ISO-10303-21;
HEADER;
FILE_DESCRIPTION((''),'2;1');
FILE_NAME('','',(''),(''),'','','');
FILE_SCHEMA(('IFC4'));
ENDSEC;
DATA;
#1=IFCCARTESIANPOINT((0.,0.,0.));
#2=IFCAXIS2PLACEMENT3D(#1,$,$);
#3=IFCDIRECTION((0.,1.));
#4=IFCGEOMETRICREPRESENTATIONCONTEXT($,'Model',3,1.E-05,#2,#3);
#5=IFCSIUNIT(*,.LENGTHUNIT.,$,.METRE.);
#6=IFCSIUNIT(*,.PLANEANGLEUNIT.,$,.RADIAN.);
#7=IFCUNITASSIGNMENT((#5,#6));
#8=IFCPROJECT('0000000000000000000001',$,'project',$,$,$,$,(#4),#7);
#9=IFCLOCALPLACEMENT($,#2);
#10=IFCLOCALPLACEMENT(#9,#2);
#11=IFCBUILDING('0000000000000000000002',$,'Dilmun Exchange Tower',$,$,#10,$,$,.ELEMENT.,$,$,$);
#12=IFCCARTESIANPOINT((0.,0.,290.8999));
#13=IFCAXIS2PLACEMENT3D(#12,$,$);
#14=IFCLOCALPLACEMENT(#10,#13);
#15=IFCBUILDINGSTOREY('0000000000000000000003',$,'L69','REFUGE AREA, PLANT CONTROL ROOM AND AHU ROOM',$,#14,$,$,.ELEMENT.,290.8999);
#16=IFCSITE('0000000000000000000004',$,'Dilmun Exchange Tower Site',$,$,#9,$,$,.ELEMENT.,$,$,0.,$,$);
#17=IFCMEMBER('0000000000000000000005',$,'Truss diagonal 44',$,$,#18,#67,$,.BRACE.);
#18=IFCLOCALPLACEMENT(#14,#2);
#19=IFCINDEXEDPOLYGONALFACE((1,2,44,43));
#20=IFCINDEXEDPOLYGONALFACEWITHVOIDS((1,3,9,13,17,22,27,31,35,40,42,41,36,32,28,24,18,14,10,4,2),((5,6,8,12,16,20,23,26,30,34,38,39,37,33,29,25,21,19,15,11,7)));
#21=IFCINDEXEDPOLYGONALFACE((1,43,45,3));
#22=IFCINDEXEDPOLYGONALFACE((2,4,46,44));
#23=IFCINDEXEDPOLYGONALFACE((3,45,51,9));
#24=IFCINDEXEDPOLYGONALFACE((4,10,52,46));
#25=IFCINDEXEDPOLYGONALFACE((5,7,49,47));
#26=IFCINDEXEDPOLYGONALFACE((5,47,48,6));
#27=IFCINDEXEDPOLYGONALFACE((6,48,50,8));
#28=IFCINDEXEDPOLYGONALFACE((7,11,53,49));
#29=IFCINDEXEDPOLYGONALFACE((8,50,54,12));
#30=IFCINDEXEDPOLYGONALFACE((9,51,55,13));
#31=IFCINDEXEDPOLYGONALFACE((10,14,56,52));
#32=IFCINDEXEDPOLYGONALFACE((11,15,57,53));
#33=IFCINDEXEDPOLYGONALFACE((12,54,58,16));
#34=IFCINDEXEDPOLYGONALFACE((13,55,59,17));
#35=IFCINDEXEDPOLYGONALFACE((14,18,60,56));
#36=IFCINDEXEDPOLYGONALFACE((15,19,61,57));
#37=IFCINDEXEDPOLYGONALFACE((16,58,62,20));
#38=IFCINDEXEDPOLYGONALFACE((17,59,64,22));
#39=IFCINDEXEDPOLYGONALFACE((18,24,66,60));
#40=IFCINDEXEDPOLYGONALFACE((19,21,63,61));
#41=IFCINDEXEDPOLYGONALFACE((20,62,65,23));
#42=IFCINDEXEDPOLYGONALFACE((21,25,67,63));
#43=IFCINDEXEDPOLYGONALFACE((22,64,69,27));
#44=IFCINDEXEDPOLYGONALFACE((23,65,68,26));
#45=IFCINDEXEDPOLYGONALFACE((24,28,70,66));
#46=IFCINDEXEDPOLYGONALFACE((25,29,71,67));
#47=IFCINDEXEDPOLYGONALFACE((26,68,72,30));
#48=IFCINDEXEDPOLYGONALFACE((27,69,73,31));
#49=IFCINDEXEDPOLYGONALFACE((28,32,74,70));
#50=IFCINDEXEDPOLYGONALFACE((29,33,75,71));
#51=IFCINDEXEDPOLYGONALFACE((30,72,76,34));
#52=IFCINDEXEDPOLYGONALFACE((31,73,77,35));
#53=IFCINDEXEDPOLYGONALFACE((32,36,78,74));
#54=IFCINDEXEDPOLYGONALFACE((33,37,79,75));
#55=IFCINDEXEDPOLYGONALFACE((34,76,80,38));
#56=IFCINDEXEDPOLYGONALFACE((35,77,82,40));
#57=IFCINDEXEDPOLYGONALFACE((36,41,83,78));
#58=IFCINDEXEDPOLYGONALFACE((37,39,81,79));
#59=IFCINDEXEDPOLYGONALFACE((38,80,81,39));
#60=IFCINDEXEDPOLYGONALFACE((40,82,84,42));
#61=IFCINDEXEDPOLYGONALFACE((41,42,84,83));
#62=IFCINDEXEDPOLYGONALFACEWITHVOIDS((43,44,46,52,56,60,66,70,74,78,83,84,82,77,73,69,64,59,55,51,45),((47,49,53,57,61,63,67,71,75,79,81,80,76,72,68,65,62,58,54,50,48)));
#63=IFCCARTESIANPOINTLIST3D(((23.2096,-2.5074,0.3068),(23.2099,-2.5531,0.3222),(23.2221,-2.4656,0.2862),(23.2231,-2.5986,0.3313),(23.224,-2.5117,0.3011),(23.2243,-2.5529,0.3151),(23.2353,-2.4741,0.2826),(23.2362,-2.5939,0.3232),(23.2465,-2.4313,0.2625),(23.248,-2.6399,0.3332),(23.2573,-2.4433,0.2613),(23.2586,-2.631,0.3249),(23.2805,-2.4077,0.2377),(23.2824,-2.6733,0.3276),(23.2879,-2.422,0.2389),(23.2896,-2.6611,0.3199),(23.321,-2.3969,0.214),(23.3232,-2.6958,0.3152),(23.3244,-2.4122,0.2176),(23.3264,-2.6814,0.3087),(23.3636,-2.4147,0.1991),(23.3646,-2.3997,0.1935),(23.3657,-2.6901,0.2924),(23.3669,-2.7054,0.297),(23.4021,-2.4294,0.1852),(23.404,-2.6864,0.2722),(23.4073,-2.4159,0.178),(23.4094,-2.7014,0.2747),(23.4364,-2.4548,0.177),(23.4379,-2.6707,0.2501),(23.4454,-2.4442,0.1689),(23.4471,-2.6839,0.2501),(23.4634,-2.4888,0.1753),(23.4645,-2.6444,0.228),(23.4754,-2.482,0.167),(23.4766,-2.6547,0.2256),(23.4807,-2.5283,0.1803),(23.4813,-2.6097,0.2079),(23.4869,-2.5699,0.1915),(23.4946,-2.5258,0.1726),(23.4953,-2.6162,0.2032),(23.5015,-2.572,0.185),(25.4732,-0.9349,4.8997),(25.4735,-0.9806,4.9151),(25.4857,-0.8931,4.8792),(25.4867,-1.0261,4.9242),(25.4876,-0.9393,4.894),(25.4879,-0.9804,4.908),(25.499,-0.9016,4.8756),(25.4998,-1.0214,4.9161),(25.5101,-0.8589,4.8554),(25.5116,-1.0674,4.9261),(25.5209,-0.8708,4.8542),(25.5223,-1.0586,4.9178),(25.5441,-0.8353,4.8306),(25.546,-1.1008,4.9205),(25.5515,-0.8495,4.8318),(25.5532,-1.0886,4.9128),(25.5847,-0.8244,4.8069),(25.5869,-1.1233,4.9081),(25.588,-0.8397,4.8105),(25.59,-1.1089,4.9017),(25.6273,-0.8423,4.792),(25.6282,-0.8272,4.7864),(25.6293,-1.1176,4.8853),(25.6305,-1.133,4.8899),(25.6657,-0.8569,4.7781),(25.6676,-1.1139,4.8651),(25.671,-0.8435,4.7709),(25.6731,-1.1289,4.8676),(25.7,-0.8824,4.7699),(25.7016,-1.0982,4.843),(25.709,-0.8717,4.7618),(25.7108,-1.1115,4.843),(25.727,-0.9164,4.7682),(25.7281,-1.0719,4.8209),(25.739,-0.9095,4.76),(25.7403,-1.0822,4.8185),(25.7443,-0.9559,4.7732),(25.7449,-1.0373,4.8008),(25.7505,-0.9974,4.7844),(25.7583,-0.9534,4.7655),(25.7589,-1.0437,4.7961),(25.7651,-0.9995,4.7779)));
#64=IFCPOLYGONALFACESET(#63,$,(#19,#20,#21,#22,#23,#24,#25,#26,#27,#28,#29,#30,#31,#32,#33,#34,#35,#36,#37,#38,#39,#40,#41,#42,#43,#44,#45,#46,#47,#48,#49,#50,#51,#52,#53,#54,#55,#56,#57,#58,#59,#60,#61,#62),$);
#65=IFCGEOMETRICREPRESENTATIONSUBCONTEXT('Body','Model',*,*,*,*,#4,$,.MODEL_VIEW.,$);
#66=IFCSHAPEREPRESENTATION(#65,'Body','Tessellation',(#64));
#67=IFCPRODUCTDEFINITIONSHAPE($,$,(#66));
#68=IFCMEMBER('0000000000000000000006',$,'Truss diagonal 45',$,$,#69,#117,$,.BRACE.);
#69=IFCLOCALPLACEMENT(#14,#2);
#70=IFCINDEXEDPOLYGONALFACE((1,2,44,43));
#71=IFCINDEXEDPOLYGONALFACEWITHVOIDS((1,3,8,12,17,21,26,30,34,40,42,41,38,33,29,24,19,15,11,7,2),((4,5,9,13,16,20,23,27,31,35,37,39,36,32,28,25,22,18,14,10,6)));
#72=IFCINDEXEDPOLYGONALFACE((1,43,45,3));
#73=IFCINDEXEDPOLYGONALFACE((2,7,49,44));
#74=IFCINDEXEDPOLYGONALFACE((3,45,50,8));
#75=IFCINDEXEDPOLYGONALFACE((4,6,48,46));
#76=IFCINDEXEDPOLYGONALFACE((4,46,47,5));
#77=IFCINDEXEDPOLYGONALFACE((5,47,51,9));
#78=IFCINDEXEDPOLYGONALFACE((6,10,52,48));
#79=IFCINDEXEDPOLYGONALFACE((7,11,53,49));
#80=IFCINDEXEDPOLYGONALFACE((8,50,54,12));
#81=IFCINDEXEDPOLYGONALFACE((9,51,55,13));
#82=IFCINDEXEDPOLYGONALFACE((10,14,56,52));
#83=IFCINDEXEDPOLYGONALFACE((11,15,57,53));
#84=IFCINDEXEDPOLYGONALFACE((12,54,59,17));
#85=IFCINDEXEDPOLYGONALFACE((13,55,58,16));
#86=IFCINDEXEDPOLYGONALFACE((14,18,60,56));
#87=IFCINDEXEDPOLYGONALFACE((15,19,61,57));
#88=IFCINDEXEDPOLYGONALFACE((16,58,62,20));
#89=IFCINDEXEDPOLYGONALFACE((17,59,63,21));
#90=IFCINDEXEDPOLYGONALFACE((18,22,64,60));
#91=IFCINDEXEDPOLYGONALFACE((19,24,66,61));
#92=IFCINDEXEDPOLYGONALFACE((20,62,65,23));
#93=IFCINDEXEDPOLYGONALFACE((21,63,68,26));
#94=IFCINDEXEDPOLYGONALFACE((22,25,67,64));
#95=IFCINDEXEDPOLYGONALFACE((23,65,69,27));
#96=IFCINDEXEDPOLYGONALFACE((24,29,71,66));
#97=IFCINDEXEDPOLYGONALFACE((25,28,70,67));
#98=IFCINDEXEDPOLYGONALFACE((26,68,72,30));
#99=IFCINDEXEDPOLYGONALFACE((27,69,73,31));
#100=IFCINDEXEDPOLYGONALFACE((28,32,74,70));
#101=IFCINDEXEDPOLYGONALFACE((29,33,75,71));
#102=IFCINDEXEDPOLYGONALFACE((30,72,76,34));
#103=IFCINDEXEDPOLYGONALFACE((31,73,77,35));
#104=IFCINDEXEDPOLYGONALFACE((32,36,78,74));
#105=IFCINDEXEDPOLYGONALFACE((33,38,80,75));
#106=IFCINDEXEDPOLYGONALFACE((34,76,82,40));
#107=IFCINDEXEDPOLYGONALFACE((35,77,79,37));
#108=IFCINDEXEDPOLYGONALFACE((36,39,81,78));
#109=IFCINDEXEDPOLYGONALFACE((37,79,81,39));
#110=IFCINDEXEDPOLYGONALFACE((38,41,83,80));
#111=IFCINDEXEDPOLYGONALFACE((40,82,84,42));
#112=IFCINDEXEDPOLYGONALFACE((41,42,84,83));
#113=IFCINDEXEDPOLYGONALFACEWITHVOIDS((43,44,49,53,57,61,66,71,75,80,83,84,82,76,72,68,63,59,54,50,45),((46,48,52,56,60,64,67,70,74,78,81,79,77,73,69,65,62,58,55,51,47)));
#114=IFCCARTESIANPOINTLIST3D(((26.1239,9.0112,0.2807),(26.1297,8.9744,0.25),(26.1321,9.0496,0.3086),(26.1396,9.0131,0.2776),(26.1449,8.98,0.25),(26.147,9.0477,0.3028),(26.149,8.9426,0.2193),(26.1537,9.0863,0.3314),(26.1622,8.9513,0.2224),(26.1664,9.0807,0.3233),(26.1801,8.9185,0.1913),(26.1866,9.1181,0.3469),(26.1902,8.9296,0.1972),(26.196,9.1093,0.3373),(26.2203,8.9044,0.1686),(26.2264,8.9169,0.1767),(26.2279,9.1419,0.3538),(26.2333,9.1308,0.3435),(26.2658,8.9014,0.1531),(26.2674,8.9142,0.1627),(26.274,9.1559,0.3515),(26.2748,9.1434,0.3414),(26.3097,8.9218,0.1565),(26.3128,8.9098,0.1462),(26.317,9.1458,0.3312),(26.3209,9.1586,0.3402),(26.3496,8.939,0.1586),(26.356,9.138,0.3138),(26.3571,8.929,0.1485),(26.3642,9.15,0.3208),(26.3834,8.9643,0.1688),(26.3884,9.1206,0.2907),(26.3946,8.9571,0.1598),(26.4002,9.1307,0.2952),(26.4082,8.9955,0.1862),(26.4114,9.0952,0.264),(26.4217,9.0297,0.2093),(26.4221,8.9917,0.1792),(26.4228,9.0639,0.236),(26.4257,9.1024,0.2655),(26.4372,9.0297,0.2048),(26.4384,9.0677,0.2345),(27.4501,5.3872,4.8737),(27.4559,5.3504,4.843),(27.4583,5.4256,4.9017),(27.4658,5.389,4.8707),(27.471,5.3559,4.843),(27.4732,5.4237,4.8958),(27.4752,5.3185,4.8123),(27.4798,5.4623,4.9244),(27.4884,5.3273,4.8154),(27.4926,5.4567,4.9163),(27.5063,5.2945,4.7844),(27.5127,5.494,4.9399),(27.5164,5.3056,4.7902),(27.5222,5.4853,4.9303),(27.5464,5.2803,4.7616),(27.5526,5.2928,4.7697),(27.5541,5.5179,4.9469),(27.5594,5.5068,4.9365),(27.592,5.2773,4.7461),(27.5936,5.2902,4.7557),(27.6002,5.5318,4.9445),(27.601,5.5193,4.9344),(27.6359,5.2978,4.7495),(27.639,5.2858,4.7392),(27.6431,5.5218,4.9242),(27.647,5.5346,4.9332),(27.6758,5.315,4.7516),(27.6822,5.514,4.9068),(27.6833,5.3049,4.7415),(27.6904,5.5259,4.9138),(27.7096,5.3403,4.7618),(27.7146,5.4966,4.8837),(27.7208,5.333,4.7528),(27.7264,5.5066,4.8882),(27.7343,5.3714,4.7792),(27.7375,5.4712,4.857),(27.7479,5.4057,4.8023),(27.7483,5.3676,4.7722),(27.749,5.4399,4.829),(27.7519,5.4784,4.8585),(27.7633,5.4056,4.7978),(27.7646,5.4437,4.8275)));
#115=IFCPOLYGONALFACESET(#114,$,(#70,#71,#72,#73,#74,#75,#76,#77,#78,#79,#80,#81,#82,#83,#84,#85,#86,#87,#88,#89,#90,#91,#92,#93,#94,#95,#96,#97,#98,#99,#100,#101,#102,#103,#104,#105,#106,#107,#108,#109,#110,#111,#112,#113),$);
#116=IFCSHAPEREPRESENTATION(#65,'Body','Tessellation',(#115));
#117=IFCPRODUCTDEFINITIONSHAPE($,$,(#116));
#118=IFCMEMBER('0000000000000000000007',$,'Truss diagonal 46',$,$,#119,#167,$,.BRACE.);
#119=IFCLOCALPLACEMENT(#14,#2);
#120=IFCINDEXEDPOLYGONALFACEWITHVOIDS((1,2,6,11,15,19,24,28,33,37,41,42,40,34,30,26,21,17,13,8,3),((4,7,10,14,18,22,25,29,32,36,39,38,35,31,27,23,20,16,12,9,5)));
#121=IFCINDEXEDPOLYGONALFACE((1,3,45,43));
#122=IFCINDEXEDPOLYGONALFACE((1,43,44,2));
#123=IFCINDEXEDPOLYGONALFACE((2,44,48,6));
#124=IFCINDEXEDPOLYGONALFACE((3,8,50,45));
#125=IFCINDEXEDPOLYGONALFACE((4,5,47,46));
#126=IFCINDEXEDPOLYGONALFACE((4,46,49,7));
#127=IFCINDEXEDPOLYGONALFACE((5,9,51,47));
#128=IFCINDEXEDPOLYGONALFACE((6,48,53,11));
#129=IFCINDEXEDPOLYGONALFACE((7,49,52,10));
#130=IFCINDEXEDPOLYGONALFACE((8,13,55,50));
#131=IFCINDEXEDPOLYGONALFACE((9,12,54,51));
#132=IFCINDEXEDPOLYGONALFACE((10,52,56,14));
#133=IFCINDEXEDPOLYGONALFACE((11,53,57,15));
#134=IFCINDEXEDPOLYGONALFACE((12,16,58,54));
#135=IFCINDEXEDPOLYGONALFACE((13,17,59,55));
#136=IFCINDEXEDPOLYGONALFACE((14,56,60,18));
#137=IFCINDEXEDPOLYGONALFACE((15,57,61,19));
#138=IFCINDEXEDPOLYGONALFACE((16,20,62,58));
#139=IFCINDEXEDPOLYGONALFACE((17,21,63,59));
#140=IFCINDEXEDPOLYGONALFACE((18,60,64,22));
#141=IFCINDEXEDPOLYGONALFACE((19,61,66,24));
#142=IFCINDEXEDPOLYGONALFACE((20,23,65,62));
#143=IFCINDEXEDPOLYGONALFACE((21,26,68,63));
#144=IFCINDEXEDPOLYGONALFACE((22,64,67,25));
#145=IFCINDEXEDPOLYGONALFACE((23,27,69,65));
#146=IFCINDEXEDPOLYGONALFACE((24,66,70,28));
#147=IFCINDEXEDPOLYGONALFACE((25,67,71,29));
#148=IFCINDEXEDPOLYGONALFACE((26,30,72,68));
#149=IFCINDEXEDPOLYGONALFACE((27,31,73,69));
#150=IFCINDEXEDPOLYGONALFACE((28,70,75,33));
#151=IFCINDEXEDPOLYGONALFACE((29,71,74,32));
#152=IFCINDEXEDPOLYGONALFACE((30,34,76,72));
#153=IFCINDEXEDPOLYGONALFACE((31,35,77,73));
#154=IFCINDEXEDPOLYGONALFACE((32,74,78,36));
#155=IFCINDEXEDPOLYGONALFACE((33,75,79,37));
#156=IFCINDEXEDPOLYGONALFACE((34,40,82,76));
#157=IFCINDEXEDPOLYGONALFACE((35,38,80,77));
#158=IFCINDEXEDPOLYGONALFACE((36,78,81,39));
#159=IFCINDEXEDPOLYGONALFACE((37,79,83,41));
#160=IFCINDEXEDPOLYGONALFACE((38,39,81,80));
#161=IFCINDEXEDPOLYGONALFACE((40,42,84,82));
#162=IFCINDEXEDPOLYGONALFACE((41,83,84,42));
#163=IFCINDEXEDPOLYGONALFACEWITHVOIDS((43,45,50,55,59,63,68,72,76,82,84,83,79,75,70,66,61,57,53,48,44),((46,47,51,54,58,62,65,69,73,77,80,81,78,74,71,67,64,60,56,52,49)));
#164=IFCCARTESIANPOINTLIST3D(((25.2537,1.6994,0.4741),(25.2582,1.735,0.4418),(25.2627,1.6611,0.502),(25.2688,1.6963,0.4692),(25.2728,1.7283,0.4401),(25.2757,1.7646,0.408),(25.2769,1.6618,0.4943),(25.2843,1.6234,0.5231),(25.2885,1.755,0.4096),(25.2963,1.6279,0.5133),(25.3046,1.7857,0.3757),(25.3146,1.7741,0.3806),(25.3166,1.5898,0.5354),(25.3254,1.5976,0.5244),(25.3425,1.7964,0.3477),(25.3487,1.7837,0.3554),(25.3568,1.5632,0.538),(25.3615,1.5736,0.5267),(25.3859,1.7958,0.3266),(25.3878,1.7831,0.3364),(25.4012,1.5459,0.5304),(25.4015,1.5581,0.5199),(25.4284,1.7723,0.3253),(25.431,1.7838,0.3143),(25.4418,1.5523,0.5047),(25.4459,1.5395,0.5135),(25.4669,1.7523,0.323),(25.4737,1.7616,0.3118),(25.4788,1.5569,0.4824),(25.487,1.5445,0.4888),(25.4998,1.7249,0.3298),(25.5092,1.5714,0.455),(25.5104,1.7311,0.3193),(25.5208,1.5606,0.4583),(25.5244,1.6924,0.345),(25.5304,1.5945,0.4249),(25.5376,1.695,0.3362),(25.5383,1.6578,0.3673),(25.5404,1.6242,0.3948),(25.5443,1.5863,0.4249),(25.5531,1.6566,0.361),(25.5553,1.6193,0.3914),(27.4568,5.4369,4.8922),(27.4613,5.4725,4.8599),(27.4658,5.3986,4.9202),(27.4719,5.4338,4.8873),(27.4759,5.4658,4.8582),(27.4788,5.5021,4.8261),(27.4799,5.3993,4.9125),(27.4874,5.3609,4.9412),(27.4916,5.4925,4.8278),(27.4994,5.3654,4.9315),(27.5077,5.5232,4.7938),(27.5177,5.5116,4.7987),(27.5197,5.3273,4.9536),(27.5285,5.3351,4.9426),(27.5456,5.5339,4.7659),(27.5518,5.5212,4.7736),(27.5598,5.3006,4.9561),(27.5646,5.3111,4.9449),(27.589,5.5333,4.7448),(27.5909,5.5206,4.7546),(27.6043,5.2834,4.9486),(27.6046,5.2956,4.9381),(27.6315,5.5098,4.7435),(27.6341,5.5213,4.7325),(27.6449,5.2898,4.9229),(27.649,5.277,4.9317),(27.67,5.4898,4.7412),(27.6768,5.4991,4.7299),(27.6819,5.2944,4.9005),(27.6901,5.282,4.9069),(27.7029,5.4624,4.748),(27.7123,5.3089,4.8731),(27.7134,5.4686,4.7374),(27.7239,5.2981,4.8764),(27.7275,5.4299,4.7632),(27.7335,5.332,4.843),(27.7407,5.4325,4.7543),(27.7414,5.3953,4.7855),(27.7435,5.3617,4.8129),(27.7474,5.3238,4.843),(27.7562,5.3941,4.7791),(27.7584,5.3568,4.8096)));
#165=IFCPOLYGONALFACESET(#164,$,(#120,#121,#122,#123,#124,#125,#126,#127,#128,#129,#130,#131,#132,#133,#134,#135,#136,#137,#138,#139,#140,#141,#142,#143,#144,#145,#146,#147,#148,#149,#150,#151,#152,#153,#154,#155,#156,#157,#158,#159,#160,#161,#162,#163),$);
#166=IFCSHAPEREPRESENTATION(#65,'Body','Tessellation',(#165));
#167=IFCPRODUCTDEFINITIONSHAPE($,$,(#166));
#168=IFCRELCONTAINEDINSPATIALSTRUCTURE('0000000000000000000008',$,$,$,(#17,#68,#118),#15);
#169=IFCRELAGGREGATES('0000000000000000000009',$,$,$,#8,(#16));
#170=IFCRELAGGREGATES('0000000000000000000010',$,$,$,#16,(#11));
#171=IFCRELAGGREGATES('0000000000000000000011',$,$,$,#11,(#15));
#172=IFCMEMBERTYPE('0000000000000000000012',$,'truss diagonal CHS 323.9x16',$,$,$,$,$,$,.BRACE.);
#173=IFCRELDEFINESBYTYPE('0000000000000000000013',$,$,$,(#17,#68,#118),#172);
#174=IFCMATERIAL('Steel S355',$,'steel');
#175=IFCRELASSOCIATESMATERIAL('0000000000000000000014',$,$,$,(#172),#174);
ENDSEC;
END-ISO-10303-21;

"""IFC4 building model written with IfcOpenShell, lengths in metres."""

from ifc_helpers import new_model, si_unit, direction, frame, origin, origin_2d, place, context, subcontext, project, spatial, hollow_circle, extrude, material, material_profile, profile_set, type_object, element, save


model = new_model("IFC4")

# Units and contexts
model_context = context("Model", 3, precision=1e-05, world=origin(), true_north=direction((0.0, 1.0)))
body_context = subcontext(model_context, "Body", "Model", "MODEL_VIEW")
ifc_project = project(units=[si_unit("LENGTHUNIT", "METRE"), si_unit("PLANEANGLEUNIT", "RADIAN")], contexts=[model_context])

# Site, building, storey
site_placement = place(None, origin())
site = spatial("IfcSite", under=ifc_project, at=site_placement, Name="Dilmun Exchange Tower Site", CompositionType="ELEMENT", RefElevation=0.0)
building_placement = place(site_placement, origin())
building = spatial("IfcBuilding", under=site, at=building_placement, Name="Dilmun Exchange Tower", CompositionType="ELEMENT")
storey_placement = place(building_placement, frame((0.0, 0.0, 290.8999)))
storey = spatial("IfcBuildingStorey", under=building, at=storey_placement, Name="L69", Description="REFUGE AREA, PLANT CONTROL ROOM AND AHU ROOM", CompositionType="ELEMENT", Elevation=290.8999)

# Shared definitions
ifc_material_1 = material(Name="Steel S355", Category="steel")

# Members
ifc_material_profile_1 = material_profile(ifc_material_1, hollow_circle(Radius=0.1619, WallThickness=0.0161, at=origin_2d()), Name="CHS 323.9x16")
ifc_profile_set_1 = profile_set([ifc_material_profile_1], Name="Steel S355")
member_type = type_object("IfcMemberType", Name="truss diagonal CHS 323.9x16", PredefinedType="BRACE", material=ifc_profile_set_1)
member_1_placement = place(storey_placement, frame((25.6184, -0.9785, 4.843), z_axis=(-0.422598, -0.293567, -0.857455), x_axis=(0.570522, -0.821282, 0.0)))
element("IfcMember", 1, at=member_1_placement, inside=storey, type_object=member_type, Name="Truss diagonal 44", PredefinedType="BRACE", context=body_context, shape_type="SweptSolid", body=[
    extrude(hollow_circle(Radius=0.1619, WallThickness=0.0161, at=origin_2d()), origin(), (0.0, 0.0, 1.0), 5.3564),
])
member_2_placement = place(storey_placement, frame((27.6079, 5.406, 4.843), z_axis=(-0.221065, 0.604104, -0.76563), x_axis=(-0.939097, -0.343652, 0.0)))
element("IfcMember", 2, at=member_2_placement, inside=storey, type_object=member_type, Name="Truss diagonal 45", PredefinedType="BRACE", context=body_context, shape_type="SweptSolid", body=[
    extrude(hollow_circle(Radius=0.1619, WallThickness=0.0161, at=origin_2d()), origin(), (0.0, 0.0, 1.0), 5.999),
])
member_3_placement = place(storey_placement, frame((27.6079, 5.406, 4.843), z_axis=(-0.355789, -0.603587, -0.71351), x_axis=(0.861474, -0.507802, 0.0)))
element("IfcMember", 3, at=member_3_placement, inside=storey, type_object=member_type, Name="Truss diagonal 46", PredefinedType="BRACE", context=body_context, shape_type="SweptSolid", body=[
    extrude(hollow_circle(Radius=0.1619, WallThickness=0.0161, at=origin_2d()), origin(), (0.0, 0.0, 1.0), 6.1921),
])

save(model, "model.ifc")
